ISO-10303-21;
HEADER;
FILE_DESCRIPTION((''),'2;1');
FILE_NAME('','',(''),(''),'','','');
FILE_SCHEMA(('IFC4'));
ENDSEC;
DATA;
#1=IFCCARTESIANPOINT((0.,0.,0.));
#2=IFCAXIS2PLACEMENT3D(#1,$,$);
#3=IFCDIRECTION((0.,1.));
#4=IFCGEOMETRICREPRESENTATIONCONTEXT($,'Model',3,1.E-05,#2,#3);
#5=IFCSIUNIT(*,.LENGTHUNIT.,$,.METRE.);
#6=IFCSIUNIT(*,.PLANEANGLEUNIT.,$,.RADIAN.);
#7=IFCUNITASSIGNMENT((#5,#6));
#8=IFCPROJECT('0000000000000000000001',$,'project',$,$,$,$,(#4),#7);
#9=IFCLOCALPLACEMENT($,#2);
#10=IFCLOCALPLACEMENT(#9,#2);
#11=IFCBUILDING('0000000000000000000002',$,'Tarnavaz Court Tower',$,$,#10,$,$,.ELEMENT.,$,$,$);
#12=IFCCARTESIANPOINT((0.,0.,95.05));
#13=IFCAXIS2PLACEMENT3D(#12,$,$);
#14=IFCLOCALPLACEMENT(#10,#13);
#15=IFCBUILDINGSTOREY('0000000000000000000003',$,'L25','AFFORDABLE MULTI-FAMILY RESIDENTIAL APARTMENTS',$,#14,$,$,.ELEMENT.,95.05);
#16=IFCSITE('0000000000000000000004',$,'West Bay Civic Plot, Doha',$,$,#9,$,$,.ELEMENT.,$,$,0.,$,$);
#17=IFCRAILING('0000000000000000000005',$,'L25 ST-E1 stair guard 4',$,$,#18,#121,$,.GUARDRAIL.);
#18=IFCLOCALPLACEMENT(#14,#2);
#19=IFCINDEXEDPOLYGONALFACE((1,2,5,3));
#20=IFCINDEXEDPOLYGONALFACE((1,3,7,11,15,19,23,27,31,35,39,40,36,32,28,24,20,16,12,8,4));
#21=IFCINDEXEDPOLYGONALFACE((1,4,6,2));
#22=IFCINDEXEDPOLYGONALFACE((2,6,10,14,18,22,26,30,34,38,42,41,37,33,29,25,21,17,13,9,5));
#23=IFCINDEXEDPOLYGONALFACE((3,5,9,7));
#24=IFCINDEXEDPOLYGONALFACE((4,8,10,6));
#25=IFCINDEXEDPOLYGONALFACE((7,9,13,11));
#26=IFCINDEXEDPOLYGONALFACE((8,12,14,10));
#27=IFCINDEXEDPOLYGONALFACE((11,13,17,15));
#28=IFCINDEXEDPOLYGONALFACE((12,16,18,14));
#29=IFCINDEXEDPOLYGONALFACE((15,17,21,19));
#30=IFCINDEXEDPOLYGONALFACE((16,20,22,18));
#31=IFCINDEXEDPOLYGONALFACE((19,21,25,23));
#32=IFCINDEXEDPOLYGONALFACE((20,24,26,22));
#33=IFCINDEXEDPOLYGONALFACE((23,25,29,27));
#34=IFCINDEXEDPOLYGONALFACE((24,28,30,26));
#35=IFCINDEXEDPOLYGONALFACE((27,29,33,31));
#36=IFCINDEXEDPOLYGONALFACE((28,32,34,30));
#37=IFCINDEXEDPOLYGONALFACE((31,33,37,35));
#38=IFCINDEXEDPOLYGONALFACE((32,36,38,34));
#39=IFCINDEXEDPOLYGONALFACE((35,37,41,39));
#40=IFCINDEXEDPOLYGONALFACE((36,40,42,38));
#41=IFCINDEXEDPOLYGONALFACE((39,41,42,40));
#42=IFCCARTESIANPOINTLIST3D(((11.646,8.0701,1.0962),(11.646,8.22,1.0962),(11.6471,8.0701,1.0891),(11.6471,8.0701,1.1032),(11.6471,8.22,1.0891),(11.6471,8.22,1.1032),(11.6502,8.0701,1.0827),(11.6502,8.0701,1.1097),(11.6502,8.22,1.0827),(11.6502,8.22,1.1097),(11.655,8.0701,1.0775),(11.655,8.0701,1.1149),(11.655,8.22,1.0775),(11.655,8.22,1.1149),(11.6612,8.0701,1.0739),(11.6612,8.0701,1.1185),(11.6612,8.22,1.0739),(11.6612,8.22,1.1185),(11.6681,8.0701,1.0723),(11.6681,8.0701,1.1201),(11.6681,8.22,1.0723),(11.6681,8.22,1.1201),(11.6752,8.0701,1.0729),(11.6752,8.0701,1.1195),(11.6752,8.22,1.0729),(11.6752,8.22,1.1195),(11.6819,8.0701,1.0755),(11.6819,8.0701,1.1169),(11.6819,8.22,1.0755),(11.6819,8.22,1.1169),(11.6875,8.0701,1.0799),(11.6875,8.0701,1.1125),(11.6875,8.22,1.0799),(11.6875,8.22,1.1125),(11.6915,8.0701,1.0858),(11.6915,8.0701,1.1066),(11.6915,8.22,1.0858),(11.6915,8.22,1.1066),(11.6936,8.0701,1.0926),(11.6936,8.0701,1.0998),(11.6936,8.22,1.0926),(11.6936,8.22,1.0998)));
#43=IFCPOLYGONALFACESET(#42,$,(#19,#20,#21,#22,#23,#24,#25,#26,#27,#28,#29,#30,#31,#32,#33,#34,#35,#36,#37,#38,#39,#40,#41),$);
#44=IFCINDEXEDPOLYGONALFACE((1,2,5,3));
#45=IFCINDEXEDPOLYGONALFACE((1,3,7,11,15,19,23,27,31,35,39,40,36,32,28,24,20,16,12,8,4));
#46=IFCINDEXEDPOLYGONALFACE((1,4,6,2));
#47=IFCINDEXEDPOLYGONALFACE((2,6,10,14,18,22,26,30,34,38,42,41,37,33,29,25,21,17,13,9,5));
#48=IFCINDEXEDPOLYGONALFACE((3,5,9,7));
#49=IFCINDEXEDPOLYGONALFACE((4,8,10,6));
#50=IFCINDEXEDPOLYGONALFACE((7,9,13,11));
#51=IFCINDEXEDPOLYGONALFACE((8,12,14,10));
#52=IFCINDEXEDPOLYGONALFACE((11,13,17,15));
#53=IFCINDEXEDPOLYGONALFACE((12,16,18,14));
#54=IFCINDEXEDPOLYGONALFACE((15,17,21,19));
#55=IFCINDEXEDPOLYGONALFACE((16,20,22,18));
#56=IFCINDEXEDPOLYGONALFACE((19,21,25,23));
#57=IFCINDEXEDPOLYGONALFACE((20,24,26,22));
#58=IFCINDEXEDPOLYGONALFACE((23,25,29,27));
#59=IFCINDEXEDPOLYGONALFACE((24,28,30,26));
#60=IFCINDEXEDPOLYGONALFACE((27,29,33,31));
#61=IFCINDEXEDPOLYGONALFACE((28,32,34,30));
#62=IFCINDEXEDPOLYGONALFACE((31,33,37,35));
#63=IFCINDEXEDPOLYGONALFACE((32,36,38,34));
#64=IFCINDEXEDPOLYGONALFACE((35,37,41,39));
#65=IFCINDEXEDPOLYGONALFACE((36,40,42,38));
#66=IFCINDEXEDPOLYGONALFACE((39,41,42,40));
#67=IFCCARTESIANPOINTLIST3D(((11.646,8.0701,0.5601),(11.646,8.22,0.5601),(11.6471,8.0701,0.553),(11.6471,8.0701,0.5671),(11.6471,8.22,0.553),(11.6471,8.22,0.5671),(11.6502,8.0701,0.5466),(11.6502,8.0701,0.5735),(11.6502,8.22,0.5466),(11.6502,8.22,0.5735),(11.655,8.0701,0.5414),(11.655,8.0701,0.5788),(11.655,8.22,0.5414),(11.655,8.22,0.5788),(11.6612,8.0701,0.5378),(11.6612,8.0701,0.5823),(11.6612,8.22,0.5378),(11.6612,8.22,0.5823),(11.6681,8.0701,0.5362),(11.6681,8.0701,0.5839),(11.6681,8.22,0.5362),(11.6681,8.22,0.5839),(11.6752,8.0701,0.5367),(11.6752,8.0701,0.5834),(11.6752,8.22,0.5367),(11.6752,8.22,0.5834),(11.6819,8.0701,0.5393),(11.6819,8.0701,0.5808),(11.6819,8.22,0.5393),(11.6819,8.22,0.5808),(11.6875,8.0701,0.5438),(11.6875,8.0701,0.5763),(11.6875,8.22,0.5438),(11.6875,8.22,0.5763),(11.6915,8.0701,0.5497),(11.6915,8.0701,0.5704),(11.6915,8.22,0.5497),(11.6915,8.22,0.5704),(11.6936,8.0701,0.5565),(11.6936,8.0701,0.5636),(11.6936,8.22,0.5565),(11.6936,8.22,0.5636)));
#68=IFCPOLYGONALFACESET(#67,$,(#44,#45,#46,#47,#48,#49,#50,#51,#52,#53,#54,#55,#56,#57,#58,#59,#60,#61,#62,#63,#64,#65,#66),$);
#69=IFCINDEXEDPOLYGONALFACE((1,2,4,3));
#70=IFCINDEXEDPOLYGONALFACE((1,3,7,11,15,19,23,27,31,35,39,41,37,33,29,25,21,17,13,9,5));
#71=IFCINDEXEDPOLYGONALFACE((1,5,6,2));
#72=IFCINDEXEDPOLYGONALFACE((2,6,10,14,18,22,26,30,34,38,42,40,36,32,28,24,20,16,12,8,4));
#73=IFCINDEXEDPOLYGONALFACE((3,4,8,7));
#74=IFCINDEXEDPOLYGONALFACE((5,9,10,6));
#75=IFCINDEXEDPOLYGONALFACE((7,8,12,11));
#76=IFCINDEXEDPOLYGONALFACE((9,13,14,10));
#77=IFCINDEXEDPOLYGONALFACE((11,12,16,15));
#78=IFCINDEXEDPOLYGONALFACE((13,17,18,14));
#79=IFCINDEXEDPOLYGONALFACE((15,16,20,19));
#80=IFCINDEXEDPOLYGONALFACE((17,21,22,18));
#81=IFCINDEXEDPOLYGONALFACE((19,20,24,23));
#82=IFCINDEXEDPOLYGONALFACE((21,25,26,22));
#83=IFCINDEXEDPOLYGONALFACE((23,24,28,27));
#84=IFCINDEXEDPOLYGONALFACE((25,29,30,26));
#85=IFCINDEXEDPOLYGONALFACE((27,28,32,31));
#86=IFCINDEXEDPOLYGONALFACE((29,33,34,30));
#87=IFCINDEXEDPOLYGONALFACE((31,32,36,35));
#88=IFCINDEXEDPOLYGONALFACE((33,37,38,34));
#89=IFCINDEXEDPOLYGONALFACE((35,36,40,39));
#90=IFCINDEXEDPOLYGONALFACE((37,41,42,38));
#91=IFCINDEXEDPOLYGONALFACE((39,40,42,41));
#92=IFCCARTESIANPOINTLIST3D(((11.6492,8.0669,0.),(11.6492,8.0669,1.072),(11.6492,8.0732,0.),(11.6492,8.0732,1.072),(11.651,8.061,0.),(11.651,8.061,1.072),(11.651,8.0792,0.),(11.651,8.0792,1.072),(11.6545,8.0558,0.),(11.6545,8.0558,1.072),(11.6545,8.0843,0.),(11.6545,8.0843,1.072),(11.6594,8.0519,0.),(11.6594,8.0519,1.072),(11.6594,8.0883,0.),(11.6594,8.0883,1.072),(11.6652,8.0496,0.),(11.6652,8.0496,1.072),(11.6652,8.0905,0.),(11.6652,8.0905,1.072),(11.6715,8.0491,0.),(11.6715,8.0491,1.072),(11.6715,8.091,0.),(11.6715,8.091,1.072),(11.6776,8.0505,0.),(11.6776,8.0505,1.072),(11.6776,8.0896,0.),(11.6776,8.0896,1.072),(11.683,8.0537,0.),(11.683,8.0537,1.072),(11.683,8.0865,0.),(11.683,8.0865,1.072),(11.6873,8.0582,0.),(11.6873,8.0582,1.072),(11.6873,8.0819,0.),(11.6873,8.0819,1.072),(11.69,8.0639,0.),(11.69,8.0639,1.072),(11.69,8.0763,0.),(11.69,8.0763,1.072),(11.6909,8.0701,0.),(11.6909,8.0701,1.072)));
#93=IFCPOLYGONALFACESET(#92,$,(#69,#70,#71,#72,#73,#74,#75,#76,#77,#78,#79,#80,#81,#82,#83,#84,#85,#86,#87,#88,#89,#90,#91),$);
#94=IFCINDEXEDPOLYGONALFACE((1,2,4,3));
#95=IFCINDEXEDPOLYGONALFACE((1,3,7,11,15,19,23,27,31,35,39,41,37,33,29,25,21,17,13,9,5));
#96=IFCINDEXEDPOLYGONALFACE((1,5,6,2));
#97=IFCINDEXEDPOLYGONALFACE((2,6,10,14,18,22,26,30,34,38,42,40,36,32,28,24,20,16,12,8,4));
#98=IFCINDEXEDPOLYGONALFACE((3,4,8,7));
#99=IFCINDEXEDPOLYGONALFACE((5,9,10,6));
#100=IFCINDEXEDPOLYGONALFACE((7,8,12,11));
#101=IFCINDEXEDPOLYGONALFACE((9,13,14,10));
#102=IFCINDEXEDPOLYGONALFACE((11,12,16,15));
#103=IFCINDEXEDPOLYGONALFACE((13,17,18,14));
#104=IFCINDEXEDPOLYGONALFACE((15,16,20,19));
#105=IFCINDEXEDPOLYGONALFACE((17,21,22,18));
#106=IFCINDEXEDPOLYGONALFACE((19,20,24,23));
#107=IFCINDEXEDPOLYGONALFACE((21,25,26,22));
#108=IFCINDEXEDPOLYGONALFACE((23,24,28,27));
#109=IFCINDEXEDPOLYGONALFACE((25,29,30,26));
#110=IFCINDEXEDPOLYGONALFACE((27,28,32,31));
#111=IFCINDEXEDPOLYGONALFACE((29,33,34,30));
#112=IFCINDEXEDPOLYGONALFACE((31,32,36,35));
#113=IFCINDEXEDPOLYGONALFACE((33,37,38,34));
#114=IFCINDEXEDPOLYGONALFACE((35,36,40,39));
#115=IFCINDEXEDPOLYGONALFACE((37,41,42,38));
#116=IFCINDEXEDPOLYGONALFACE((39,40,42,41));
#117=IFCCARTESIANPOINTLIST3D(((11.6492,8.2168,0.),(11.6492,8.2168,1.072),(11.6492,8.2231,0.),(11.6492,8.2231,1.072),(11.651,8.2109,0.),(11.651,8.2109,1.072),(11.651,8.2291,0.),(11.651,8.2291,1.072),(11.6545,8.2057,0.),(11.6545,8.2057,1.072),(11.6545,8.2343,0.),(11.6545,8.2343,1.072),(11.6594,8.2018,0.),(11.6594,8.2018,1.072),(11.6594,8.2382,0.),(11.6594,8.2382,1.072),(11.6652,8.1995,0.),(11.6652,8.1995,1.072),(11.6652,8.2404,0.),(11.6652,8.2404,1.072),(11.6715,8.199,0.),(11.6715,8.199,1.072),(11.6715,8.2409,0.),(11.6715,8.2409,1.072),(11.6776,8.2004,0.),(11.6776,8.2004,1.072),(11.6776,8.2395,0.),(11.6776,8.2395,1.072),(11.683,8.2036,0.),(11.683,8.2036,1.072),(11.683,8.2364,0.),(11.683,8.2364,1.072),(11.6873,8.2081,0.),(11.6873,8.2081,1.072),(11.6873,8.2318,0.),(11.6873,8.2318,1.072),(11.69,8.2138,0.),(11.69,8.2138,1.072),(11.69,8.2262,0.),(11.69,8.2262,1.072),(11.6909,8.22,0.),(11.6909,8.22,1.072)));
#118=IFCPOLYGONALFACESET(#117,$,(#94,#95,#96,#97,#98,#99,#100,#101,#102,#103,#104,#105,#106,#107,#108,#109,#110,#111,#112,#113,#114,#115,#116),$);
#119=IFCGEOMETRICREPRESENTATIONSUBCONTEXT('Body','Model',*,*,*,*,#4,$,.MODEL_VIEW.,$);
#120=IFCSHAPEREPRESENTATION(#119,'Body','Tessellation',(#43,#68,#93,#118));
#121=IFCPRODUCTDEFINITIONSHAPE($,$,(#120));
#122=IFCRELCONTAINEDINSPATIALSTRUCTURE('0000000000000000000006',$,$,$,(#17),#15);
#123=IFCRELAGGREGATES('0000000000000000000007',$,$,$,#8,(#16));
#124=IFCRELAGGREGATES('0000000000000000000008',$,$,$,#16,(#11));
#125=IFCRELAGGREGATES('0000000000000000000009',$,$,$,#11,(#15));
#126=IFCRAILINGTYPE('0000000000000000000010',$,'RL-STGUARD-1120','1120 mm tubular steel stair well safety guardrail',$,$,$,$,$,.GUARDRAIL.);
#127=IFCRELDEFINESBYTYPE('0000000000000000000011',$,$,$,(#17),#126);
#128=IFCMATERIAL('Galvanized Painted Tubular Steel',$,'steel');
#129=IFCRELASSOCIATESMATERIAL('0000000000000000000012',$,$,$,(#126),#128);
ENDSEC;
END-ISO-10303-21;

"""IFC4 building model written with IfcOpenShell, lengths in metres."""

from ifc_helpers import new_model, si_unit, direction, frame, origin, origin_2d, place, context, subcontext, project, spatial, circle, extrude, material, type_object, element, save


model = new_model("IFC4")

# Units and contexts
model_context = context("Model", 3, precision=1e-05, world=origin(), true_north=direction((0.0, 1.0)))
body_context = subcontext(model_context, "Body", "Model", "MODEL_VIEW")
ifc_project = project(units=[si_unit("LENGTHUNIT", "METRE"), si_unit("PLANEANGLEUNIT", "RADIAN")], contexts=[model_context])

# Site, building, storey
site_placement = place(None, origin())
site = spatial("IfcSite", under=ifc_project, at=site_placement, Name="West Bay Civic Plot, Doha", CompositionType="ELEMENT", RefElevation=0.0)
building_placement = place(site_placement, origin())
building = spatial("IfcBuilding", under=site, at=building_placement, Name="Tarnavaz Court Tower", CompositionType="ELEMENT")
storey_placement = place(building_placement, frame((0.0, 0.0, 95.05)))
storey = spatial("IfcBuildingStorey", under=building, at=storey_placement, Name="L25", Description="AFFORDABLE MULTI-FAMILY RESIDENTIAL APARTMENTS", CompositionType="ELEMENT", Elevation=95.05)

# Railing
ifc_material_1 = material(Name="Galvanized Painted Tubular Steel", Category="steel")
railing_type_1 = type_object("IfcRailingType", Name="RL-STGUARD-1120", Description="1120 mm tubular steel stair well safety guardrail", PredefinedType="GUARDRAIL", material=ifc_material_1)
railing_1_placement = place(storey_placement, frame((11.6699, 8.0701, 0.0)))
element("IfcRailing", 1, at=railing_1_placement, inside=storey, type_object=railing_type_1, Name="L25 ST-E1 stair guard 4", PredefinedType="GUARDRAIL", context=body_context, shape_type="SweptSolid", body=[
    extrude(circle(Radius=0.0239, at=origin_2d()), frame((0.0, 0.0, 1.0962), z_axis=(0.0, 1.0, 0.0), x_axis=(-1.0, 0.0, 0.0)), (0.0, 0.0, 1.0), 0.1499),
    extrude(circle(Radius=0.0239, at=origin_2d()), frame((0.0, 0.0, 0.5601), z_axis=(0.0, 1.0, 0.0), x_axis=(-1.0, 0.0, 0.0)), (0.0, 0.0, 1.0), 0.1499),
    extrude(circle(Radius=0.021, at=origin_2d()), origin(), (0.0, 0.0, 1.0), 1.072),
    extrude(circle(Radius=0.021, at=origin_2d()), frame((0.0, 0.1499, 0.0)), (0.0, 0.0, 1.0), 1.072),
])

save(model, "model.ifc")
